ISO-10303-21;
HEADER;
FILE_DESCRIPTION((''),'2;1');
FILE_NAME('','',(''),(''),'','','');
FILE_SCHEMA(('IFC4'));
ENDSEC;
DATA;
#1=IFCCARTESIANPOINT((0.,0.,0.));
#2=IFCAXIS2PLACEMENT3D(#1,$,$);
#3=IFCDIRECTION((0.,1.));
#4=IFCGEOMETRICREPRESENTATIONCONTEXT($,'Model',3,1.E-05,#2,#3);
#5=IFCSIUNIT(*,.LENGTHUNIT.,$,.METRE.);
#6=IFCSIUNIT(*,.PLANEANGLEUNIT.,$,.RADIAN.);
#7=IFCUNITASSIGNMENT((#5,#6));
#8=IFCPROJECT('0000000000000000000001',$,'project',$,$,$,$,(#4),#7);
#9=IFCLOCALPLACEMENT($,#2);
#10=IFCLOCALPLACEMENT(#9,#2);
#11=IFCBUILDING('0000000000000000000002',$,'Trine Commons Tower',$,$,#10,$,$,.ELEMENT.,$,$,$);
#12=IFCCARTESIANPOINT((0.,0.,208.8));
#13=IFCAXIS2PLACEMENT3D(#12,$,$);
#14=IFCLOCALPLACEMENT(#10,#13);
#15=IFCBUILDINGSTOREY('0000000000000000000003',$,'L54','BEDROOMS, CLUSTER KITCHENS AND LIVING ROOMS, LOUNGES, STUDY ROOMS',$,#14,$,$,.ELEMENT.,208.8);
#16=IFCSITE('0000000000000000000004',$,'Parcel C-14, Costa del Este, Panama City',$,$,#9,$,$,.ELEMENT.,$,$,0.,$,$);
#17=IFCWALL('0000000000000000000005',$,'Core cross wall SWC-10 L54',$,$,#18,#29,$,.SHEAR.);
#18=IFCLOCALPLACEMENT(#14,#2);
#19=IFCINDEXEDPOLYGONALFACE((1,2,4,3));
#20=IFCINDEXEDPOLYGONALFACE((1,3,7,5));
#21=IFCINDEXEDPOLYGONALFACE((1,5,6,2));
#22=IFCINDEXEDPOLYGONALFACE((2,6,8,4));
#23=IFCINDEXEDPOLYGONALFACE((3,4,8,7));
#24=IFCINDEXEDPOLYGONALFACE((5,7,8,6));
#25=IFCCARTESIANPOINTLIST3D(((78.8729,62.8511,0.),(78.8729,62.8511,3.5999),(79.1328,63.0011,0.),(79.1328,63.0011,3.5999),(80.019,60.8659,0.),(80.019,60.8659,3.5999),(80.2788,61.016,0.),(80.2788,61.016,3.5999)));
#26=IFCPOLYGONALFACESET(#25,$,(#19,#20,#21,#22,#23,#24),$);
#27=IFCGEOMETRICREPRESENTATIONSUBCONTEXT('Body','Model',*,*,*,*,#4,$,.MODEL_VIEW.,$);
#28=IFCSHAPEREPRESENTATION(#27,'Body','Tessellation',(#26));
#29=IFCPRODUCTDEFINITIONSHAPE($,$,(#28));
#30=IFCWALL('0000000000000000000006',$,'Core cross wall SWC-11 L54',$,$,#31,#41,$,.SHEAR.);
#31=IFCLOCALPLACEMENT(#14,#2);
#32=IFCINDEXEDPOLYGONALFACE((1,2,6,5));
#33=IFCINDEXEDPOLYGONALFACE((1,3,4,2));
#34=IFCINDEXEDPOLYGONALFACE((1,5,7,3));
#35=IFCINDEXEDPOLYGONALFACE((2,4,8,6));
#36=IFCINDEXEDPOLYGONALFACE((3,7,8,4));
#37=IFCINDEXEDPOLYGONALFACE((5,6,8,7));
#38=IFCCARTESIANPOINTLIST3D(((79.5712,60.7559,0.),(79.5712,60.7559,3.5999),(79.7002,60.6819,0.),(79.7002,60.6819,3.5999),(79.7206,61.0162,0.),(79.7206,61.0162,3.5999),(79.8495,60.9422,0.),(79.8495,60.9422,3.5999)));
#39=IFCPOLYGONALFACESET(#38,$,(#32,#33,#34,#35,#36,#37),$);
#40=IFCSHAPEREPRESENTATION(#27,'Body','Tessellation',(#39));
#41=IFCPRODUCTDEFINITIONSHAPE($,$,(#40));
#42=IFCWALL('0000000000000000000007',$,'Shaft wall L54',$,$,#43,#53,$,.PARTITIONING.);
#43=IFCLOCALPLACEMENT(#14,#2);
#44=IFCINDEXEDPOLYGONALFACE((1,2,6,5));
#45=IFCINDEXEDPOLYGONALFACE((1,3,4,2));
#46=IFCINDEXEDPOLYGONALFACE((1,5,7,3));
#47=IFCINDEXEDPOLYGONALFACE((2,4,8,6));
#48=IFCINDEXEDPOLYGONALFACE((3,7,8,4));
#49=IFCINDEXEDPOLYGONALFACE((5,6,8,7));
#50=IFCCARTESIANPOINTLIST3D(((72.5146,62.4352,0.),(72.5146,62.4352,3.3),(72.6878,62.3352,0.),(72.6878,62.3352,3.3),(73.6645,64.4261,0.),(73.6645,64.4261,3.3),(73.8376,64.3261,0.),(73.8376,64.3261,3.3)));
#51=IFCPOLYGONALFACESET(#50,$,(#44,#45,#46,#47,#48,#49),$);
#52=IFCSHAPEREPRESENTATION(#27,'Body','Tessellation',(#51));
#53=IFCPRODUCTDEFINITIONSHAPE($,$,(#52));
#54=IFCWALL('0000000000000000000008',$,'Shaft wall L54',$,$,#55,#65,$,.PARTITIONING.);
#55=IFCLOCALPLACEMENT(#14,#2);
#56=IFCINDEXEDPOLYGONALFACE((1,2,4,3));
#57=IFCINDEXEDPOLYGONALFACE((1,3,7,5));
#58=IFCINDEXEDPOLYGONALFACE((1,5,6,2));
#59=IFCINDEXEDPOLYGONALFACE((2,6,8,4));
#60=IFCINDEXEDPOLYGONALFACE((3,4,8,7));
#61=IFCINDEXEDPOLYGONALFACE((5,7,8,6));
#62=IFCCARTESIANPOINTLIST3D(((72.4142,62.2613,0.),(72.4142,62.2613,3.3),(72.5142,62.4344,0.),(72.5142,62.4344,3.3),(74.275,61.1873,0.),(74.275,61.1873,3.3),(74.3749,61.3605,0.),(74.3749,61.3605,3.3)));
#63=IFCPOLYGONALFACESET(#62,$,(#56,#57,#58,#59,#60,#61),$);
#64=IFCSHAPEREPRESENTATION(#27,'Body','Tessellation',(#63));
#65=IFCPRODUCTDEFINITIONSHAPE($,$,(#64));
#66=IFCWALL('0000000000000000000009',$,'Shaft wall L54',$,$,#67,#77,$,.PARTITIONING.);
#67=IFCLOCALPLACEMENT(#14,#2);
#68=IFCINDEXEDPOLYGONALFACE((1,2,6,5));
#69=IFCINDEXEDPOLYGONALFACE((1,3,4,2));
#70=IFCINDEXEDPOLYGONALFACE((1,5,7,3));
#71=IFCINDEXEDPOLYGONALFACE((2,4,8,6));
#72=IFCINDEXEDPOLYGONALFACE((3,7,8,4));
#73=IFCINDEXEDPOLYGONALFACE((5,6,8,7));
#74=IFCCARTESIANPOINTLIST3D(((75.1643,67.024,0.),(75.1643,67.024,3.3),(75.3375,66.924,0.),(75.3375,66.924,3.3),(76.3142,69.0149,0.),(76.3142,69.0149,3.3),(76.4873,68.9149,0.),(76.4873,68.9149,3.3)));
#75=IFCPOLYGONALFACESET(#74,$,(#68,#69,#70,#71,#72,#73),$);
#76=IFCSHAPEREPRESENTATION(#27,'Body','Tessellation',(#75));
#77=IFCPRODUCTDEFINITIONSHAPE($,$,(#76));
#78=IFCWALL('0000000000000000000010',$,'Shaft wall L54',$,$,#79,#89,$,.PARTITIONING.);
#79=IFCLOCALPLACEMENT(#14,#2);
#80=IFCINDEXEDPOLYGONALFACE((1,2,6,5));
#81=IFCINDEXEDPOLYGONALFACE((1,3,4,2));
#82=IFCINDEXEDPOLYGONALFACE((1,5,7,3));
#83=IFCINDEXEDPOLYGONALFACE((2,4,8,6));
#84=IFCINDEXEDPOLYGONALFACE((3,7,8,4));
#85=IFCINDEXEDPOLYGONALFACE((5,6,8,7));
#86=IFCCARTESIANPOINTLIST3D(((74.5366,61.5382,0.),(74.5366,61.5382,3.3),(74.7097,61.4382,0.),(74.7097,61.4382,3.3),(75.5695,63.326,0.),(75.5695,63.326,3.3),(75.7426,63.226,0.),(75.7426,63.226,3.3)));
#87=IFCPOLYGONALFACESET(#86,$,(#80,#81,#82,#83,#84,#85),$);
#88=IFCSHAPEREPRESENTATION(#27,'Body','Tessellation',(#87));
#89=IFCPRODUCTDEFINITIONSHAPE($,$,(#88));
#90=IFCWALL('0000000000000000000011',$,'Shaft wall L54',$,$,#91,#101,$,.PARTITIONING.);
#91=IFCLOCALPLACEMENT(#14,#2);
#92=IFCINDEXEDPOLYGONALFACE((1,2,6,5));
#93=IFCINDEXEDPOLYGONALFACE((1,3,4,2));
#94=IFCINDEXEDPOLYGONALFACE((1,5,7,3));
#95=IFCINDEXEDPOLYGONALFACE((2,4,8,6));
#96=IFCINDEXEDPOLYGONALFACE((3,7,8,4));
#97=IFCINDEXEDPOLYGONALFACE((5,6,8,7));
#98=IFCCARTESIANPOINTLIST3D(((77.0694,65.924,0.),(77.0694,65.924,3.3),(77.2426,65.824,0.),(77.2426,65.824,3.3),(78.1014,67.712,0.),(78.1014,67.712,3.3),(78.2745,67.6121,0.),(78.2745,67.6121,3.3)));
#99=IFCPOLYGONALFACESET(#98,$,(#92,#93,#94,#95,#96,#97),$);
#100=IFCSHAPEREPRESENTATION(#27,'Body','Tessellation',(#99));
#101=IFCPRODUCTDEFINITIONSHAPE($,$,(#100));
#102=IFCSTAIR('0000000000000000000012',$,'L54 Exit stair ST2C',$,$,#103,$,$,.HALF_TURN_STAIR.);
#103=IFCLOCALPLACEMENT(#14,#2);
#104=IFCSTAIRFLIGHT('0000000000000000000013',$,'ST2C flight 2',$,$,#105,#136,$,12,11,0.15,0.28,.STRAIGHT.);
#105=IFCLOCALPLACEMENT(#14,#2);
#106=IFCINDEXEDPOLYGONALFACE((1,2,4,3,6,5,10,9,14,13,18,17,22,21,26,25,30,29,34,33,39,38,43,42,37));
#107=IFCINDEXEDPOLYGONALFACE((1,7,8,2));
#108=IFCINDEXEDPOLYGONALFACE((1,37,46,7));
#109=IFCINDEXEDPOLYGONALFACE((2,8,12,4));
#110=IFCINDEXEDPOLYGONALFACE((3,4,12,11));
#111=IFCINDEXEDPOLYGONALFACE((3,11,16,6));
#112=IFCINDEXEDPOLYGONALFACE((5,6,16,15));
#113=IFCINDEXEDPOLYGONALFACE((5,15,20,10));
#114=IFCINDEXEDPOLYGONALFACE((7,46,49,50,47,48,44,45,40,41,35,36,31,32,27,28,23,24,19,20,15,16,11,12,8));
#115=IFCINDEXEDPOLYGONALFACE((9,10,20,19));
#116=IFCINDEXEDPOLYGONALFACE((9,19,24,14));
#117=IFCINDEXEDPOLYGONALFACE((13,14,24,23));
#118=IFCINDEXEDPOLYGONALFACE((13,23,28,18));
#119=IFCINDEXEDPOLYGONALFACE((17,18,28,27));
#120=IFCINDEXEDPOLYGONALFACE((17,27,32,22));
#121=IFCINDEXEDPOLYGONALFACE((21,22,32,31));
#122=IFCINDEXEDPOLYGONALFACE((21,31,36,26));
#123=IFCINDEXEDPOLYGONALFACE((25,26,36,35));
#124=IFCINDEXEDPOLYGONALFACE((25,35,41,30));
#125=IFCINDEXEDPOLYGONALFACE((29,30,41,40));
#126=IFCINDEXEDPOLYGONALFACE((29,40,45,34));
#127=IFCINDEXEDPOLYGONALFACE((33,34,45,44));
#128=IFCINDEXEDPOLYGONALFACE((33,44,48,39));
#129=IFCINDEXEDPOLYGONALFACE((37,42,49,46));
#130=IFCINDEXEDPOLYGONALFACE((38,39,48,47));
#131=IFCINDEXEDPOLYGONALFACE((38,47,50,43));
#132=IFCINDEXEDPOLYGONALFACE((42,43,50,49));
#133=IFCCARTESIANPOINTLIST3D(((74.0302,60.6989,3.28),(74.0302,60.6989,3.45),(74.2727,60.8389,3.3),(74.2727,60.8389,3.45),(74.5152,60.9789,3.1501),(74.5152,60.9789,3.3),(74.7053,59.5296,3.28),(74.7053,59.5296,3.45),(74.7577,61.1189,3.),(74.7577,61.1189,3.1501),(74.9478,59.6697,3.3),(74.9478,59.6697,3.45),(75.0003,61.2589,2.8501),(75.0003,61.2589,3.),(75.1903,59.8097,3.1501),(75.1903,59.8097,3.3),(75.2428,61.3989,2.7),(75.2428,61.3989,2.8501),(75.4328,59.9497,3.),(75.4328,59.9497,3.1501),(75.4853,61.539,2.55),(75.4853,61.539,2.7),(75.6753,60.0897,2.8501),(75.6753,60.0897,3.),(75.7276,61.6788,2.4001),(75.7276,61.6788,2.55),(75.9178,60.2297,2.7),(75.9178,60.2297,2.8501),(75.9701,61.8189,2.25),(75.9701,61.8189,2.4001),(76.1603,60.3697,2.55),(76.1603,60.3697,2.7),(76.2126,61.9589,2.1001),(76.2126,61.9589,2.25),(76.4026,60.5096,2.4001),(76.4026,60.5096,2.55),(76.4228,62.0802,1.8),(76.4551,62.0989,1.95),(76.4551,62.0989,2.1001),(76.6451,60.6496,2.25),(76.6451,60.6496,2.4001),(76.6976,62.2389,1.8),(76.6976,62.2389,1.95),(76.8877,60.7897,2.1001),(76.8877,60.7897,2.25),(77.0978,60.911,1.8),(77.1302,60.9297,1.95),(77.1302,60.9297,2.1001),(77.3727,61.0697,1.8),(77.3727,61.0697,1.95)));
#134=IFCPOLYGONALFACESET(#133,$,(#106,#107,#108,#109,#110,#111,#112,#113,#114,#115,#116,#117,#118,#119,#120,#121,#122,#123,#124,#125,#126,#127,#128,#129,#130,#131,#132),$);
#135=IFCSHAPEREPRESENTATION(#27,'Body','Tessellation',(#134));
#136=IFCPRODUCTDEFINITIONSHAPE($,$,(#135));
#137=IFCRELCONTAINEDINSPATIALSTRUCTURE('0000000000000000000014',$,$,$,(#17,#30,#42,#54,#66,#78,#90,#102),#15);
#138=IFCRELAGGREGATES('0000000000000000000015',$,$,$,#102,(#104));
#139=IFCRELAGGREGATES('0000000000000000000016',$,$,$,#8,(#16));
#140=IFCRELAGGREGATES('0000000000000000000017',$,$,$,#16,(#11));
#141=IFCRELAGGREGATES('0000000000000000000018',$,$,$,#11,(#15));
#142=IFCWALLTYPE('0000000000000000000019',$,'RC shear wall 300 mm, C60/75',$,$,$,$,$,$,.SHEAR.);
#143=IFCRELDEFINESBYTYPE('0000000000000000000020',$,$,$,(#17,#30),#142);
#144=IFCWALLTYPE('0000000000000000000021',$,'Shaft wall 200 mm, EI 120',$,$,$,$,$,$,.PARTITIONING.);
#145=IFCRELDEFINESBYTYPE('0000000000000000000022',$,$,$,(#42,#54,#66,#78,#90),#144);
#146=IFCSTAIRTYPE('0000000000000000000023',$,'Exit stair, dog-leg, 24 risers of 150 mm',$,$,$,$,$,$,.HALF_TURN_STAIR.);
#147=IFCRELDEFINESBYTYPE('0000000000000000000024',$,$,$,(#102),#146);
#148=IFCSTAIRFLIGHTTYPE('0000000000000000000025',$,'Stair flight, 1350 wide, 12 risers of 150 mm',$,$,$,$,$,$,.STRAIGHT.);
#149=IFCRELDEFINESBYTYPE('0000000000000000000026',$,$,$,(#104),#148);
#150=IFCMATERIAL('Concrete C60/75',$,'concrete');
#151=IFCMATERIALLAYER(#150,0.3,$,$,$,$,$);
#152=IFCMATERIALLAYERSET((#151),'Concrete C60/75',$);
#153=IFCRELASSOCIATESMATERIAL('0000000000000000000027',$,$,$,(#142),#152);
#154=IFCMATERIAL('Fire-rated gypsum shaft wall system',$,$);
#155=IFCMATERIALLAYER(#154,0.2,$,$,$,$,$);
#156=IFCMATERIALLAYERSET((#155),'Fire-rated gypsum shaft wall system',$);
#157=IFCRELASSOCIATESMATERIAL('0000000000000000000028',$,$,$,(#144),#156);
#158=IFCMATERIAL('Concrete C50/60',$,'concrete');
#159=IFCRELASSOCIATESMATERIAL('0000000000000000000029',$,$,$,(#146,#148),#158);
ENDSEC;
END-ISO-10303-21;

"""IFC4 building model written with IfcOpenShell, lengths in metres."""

from ifc_helpers import new_model, si_unit, direction, frame, frame_2d, origin, place, context, subcontext, project, spatial, polyline, rectangle, outline, extrude, material, layer, layer_set, type_object, element, aggregate, save


model = new_model("IFC4")

# Units and contexts
model_context = context("Model", 3, precision=1e-05, world=origin(), true_north=direction((0.0, 1.0)))
body_context = subcontext(model_context, "Body", "Model", "MODEL_VIEW")
ifc_project = project(units=[si_unit("LENGTHUNIT", "METRE"), si_unit("PLANEANGLEUNIT", "RADIAN")], contexts=[model_context])

# Site, building, storey
site_placement = place(None, origin())
site = spatial("IfcSite", under=ifc_project, at=site_placement, Name="Parcel C-14, Costa del Este, Panama City", CompositionType="ELEMENT", RefElevation=0.0)
building_placement = place(site_placement, origin())
building = spatial("IfcBuilding", under=site, at=building_placement, Name="Trine Commons Tower", CompositionType="ELEMENT")
storey_placement = place(building_placement, frame((0.0, 0.0, 208.8)))
storey = spatial("IfcBuildingStorey", under=building, at=storey_placement, Name="L54", Description="BEDROOMS, CLUSTER KITCHENS AND LIVING ROOMS, LOUNGES, STUDY ROOMS", CompositionType="ELEMENT", Elevation=208.8)

# Shared definitions
ifc_material_1 = material(Name="Fire-rated gypsum shaft wall system")
ifc_material_2 = material(Name="Concrete C60/75", Category="concrete")
ifc_layer_1 = layer(ifc_material_2, 0.3)
ifc_layer_set_1 = layer_set([ifc_layer_1], Name="Concrete C60/75")
wall_type_1 = type_object("IfcWallType", Name="RC shear wall 300 mm, C60/75", PredefinedType="SHEAR", material=ifc_layer_set_1)

# Walls
wall_1_placement = place(storey_placement, frame((79.0029, 62.926, 0.0), z_axis=(0.0, 0.0, 1.0), x_axis=(0.499965, -0.866045, 0.0)))
element("IfcWall", 1, at=wall_1_placement, inside=storey, type_object=wall_type_1, Name="Core cross wall SWC-10 L54", PredefinedType="SHEAR", context=body_context, shape_type="SweptSolid", body=[
    extrude(rectangle(XDim=2.2922, YDim=0.3, at=frame_2d((1.146, 0.0))), origin(), (0.0, 0.0, 1.0), 3.5999),
])
wall_2_placement = place(storey_placement, frame((79.646, 60.886, 0.0), z_axis=(0.0, 0.0, 1.0), x_axis=(0.867332, -0.49773, 0.0)))
element("IfcWall", 2, at=wall_2_placement, inside=storey, type_object=wall_type_1, Name="Core cross wall SWC-11 L54", PredefinedType="SHEAR", context=body_context, shape_type="SweptSolid", body=[
    extrude(rectangle(XDim=0.1487, YDim=0.3, at=frame_2d((0.0742, 0.0))), origin(), (0.0, 0.0, 1.0), 3.5999),
])
ifc_layer_2 = layer(ifc_material_1, 0.2)
ifc_layer_set_2 = layer_set([ifc_layer_2], Name="Fire-rated gypsum shaft wall system")
wall_type_2 = type_object("IfcWallType", Name="Shaft wall 200 mm, EI 120", PredefinedType="PARTITIONING", material=ifc_layer_set_2)
wall_3_placement = place(storey_placement, frame((73.751, 64.376, 0.0), z_axis=(0.0, 0.0, 1.0), x_axis=(-0.500136, -0.865947, 0.0)))
element("IfcWall", 3, at=wall_3_placement, inside=storey, type_object=wall_type_2, Name="Shaft wall L54", PredefinedType="PARTITIONING", context=body_context, shape_type="SweptSolid", body=[
    extrude(rectangle(XDim=2.2991, YDim=0.2, at=frame_2d((1.1494, 0.0))), origin(), (0.0, 0.0, 1.0), 3.3),
])
wall_4_placement = place(storey_placement, frame((74.325, 61.2739, 0.0), z_axis=(0.0, 0.0, 1.0), x_axis=(-0.866102, 0.499867, 0.0)))
element("IfcWall", 4, at=wall_4_placement, inside=storey, type_object=wall_type_2, Name="Shaft wall L54", PredefinedType="PARTITIONING", context=body_context, shape_type="SweptSolid", body=[
    extrude(rectangle(XDim=2.1484, YDim=0.2, at=frame_2d((1.0742, 0.0))), origin(), (0.0, 0.0, 1.0), 3.3),
])
wall_5_placement = place(storey_placement, frame((75.251, 66.9741, 0.0), z_axis=(0.0, 0.0, 1.0), x_axis=(0.500136, 0.865947, 0.0)))
element("IfcWall", 5, at=wall_5_placement, inside=storey, type_object=wall_type_2, Name="Shaft wall L54", PredefinedType="PARTITIONING", context=body_context, shape_type="SweptSolid", body=[
    extrude(rectangle(XDim=2.2991, YDim=0.2, at=frame_2d((1.1494, 0.0))), origin(), (0.0, 0.0, 1.0), 3.3),
])
wall_6_placement = place(storey_placement, frame((75.656, 63.2759, 0.0), z_axis=(0.0, 0.0, 1.0), x_axis=(-0.500272, -0.865868, 0.0)))
element("IfcWall", 6, at=wall_6_placement, inside=storey, type_object=wall_type_2, Name="Shaft wall L54", PredefinedType="PARTITIONING", context=body_context, shape_type="SweptSolid", body=[
    extrude(rectangle(XDim=2.0647, YDim=0.2, at=frame_2d((1.0322, 0.0))), origin(), (0.0, 0.0, 1.0), 3.3),
])
wall_7_placement = place(storey_placement, frame((77.156, 65.874, 0.0), z_axis=(0.0, 0.0, 1.0), x_axis=(0.499866, 0.866103, 0.0)))
element("IfcWall", 7, at=wall_7_placement, inside=storey, type_object=wall_type_2, Name="Shaft wall L54", PredefinedType="PARTITIONING", context=body_context, shape_type="SweptSolid", body=[
    extrude(rectangle(XDim=2.0645, YDim=0.2, at=frame_2d((1.0322, 0.0))), origin(), (0.0, 0.0, 1.0), 3.3),
])

# Stair, stair flight
ifc_material_3 = material(Name="Concrete C50/60", Category="concrete")
stair_type = type_object("IfcStairType", Name="Exit stair, dog-leg, 24 risers of 150 mm", PredefinedType="HALF_TURN_STAIR", material=ifc_material_3)
stair_placement = place(storey_placement, origin())
stair = element("IfcStair", 8, at=stair_placement, inside=storey, type_object=stair_type, Name="L54 Exit stair ST2C", PredefinedType="HALF_TURN_STAIR")
stair_flight_type = type_object("IfcStairFlightType", Name="Stair flight, 1350 wide, 12 risers of 150 mm", PredefinedType="STRAIGHT", material=ifc_material_3)
stair_flight_placement = place(storey_placement, frame((77.0352, 61.6543, 1.8), z_axis=(0.0, 0.0, 1.0), x_axis=(-0.866025, -0.5, 0.0)))
stair_flight = element("IfcStairFlight", 9, at=stair_flight_placement, type_object=stair_flight_type, Name="ST2C flight 2", NumberOfRisers=12, NumberOfTreads=11, PredefinedType="STRAIGHT", RiserHeight=0.15, TreadLength=0.28, context=body_context, shape_type="SweptSolid", body=[
    extrude(outline(polyline([(0.0, 0.0), (0.0, 0.1499), (0.28, 0.1499), (0.28, 0.3), (0.5601, 0.3), (0.5601, 0.45), (0.8401, 0.45), (0.8401, 0.6001), (1.1201, 0.6001), (1.1201, 0.75), (1.3999, 0.75), (1.3999, 0.8999), (1.6799, 0.8999), (1.6799, 1.05), (1.96, 1.05), (1.96, 1.2), (2.24, 1.2), (2.24, 1.3501), (2.52, 1.3501), (2.52, 1.5), (2.8, 1.5), (2.8, 1.6499), (3.0801, 1.6499), (3.0801, 1.8), (3.0801, 1.48), (0.3174, 0.0), (0.0, 0.0)])), frame((0.0, 0.675, 0.0), z_axis=(0.0, -1.0, 0.0), x_axis=(1.0, 0.0, 0.0)), (0.0, 0.0, 1.0), 1.3501),
])
aggregate(stair, [stair_flight])

save(model, "model.ifc")
